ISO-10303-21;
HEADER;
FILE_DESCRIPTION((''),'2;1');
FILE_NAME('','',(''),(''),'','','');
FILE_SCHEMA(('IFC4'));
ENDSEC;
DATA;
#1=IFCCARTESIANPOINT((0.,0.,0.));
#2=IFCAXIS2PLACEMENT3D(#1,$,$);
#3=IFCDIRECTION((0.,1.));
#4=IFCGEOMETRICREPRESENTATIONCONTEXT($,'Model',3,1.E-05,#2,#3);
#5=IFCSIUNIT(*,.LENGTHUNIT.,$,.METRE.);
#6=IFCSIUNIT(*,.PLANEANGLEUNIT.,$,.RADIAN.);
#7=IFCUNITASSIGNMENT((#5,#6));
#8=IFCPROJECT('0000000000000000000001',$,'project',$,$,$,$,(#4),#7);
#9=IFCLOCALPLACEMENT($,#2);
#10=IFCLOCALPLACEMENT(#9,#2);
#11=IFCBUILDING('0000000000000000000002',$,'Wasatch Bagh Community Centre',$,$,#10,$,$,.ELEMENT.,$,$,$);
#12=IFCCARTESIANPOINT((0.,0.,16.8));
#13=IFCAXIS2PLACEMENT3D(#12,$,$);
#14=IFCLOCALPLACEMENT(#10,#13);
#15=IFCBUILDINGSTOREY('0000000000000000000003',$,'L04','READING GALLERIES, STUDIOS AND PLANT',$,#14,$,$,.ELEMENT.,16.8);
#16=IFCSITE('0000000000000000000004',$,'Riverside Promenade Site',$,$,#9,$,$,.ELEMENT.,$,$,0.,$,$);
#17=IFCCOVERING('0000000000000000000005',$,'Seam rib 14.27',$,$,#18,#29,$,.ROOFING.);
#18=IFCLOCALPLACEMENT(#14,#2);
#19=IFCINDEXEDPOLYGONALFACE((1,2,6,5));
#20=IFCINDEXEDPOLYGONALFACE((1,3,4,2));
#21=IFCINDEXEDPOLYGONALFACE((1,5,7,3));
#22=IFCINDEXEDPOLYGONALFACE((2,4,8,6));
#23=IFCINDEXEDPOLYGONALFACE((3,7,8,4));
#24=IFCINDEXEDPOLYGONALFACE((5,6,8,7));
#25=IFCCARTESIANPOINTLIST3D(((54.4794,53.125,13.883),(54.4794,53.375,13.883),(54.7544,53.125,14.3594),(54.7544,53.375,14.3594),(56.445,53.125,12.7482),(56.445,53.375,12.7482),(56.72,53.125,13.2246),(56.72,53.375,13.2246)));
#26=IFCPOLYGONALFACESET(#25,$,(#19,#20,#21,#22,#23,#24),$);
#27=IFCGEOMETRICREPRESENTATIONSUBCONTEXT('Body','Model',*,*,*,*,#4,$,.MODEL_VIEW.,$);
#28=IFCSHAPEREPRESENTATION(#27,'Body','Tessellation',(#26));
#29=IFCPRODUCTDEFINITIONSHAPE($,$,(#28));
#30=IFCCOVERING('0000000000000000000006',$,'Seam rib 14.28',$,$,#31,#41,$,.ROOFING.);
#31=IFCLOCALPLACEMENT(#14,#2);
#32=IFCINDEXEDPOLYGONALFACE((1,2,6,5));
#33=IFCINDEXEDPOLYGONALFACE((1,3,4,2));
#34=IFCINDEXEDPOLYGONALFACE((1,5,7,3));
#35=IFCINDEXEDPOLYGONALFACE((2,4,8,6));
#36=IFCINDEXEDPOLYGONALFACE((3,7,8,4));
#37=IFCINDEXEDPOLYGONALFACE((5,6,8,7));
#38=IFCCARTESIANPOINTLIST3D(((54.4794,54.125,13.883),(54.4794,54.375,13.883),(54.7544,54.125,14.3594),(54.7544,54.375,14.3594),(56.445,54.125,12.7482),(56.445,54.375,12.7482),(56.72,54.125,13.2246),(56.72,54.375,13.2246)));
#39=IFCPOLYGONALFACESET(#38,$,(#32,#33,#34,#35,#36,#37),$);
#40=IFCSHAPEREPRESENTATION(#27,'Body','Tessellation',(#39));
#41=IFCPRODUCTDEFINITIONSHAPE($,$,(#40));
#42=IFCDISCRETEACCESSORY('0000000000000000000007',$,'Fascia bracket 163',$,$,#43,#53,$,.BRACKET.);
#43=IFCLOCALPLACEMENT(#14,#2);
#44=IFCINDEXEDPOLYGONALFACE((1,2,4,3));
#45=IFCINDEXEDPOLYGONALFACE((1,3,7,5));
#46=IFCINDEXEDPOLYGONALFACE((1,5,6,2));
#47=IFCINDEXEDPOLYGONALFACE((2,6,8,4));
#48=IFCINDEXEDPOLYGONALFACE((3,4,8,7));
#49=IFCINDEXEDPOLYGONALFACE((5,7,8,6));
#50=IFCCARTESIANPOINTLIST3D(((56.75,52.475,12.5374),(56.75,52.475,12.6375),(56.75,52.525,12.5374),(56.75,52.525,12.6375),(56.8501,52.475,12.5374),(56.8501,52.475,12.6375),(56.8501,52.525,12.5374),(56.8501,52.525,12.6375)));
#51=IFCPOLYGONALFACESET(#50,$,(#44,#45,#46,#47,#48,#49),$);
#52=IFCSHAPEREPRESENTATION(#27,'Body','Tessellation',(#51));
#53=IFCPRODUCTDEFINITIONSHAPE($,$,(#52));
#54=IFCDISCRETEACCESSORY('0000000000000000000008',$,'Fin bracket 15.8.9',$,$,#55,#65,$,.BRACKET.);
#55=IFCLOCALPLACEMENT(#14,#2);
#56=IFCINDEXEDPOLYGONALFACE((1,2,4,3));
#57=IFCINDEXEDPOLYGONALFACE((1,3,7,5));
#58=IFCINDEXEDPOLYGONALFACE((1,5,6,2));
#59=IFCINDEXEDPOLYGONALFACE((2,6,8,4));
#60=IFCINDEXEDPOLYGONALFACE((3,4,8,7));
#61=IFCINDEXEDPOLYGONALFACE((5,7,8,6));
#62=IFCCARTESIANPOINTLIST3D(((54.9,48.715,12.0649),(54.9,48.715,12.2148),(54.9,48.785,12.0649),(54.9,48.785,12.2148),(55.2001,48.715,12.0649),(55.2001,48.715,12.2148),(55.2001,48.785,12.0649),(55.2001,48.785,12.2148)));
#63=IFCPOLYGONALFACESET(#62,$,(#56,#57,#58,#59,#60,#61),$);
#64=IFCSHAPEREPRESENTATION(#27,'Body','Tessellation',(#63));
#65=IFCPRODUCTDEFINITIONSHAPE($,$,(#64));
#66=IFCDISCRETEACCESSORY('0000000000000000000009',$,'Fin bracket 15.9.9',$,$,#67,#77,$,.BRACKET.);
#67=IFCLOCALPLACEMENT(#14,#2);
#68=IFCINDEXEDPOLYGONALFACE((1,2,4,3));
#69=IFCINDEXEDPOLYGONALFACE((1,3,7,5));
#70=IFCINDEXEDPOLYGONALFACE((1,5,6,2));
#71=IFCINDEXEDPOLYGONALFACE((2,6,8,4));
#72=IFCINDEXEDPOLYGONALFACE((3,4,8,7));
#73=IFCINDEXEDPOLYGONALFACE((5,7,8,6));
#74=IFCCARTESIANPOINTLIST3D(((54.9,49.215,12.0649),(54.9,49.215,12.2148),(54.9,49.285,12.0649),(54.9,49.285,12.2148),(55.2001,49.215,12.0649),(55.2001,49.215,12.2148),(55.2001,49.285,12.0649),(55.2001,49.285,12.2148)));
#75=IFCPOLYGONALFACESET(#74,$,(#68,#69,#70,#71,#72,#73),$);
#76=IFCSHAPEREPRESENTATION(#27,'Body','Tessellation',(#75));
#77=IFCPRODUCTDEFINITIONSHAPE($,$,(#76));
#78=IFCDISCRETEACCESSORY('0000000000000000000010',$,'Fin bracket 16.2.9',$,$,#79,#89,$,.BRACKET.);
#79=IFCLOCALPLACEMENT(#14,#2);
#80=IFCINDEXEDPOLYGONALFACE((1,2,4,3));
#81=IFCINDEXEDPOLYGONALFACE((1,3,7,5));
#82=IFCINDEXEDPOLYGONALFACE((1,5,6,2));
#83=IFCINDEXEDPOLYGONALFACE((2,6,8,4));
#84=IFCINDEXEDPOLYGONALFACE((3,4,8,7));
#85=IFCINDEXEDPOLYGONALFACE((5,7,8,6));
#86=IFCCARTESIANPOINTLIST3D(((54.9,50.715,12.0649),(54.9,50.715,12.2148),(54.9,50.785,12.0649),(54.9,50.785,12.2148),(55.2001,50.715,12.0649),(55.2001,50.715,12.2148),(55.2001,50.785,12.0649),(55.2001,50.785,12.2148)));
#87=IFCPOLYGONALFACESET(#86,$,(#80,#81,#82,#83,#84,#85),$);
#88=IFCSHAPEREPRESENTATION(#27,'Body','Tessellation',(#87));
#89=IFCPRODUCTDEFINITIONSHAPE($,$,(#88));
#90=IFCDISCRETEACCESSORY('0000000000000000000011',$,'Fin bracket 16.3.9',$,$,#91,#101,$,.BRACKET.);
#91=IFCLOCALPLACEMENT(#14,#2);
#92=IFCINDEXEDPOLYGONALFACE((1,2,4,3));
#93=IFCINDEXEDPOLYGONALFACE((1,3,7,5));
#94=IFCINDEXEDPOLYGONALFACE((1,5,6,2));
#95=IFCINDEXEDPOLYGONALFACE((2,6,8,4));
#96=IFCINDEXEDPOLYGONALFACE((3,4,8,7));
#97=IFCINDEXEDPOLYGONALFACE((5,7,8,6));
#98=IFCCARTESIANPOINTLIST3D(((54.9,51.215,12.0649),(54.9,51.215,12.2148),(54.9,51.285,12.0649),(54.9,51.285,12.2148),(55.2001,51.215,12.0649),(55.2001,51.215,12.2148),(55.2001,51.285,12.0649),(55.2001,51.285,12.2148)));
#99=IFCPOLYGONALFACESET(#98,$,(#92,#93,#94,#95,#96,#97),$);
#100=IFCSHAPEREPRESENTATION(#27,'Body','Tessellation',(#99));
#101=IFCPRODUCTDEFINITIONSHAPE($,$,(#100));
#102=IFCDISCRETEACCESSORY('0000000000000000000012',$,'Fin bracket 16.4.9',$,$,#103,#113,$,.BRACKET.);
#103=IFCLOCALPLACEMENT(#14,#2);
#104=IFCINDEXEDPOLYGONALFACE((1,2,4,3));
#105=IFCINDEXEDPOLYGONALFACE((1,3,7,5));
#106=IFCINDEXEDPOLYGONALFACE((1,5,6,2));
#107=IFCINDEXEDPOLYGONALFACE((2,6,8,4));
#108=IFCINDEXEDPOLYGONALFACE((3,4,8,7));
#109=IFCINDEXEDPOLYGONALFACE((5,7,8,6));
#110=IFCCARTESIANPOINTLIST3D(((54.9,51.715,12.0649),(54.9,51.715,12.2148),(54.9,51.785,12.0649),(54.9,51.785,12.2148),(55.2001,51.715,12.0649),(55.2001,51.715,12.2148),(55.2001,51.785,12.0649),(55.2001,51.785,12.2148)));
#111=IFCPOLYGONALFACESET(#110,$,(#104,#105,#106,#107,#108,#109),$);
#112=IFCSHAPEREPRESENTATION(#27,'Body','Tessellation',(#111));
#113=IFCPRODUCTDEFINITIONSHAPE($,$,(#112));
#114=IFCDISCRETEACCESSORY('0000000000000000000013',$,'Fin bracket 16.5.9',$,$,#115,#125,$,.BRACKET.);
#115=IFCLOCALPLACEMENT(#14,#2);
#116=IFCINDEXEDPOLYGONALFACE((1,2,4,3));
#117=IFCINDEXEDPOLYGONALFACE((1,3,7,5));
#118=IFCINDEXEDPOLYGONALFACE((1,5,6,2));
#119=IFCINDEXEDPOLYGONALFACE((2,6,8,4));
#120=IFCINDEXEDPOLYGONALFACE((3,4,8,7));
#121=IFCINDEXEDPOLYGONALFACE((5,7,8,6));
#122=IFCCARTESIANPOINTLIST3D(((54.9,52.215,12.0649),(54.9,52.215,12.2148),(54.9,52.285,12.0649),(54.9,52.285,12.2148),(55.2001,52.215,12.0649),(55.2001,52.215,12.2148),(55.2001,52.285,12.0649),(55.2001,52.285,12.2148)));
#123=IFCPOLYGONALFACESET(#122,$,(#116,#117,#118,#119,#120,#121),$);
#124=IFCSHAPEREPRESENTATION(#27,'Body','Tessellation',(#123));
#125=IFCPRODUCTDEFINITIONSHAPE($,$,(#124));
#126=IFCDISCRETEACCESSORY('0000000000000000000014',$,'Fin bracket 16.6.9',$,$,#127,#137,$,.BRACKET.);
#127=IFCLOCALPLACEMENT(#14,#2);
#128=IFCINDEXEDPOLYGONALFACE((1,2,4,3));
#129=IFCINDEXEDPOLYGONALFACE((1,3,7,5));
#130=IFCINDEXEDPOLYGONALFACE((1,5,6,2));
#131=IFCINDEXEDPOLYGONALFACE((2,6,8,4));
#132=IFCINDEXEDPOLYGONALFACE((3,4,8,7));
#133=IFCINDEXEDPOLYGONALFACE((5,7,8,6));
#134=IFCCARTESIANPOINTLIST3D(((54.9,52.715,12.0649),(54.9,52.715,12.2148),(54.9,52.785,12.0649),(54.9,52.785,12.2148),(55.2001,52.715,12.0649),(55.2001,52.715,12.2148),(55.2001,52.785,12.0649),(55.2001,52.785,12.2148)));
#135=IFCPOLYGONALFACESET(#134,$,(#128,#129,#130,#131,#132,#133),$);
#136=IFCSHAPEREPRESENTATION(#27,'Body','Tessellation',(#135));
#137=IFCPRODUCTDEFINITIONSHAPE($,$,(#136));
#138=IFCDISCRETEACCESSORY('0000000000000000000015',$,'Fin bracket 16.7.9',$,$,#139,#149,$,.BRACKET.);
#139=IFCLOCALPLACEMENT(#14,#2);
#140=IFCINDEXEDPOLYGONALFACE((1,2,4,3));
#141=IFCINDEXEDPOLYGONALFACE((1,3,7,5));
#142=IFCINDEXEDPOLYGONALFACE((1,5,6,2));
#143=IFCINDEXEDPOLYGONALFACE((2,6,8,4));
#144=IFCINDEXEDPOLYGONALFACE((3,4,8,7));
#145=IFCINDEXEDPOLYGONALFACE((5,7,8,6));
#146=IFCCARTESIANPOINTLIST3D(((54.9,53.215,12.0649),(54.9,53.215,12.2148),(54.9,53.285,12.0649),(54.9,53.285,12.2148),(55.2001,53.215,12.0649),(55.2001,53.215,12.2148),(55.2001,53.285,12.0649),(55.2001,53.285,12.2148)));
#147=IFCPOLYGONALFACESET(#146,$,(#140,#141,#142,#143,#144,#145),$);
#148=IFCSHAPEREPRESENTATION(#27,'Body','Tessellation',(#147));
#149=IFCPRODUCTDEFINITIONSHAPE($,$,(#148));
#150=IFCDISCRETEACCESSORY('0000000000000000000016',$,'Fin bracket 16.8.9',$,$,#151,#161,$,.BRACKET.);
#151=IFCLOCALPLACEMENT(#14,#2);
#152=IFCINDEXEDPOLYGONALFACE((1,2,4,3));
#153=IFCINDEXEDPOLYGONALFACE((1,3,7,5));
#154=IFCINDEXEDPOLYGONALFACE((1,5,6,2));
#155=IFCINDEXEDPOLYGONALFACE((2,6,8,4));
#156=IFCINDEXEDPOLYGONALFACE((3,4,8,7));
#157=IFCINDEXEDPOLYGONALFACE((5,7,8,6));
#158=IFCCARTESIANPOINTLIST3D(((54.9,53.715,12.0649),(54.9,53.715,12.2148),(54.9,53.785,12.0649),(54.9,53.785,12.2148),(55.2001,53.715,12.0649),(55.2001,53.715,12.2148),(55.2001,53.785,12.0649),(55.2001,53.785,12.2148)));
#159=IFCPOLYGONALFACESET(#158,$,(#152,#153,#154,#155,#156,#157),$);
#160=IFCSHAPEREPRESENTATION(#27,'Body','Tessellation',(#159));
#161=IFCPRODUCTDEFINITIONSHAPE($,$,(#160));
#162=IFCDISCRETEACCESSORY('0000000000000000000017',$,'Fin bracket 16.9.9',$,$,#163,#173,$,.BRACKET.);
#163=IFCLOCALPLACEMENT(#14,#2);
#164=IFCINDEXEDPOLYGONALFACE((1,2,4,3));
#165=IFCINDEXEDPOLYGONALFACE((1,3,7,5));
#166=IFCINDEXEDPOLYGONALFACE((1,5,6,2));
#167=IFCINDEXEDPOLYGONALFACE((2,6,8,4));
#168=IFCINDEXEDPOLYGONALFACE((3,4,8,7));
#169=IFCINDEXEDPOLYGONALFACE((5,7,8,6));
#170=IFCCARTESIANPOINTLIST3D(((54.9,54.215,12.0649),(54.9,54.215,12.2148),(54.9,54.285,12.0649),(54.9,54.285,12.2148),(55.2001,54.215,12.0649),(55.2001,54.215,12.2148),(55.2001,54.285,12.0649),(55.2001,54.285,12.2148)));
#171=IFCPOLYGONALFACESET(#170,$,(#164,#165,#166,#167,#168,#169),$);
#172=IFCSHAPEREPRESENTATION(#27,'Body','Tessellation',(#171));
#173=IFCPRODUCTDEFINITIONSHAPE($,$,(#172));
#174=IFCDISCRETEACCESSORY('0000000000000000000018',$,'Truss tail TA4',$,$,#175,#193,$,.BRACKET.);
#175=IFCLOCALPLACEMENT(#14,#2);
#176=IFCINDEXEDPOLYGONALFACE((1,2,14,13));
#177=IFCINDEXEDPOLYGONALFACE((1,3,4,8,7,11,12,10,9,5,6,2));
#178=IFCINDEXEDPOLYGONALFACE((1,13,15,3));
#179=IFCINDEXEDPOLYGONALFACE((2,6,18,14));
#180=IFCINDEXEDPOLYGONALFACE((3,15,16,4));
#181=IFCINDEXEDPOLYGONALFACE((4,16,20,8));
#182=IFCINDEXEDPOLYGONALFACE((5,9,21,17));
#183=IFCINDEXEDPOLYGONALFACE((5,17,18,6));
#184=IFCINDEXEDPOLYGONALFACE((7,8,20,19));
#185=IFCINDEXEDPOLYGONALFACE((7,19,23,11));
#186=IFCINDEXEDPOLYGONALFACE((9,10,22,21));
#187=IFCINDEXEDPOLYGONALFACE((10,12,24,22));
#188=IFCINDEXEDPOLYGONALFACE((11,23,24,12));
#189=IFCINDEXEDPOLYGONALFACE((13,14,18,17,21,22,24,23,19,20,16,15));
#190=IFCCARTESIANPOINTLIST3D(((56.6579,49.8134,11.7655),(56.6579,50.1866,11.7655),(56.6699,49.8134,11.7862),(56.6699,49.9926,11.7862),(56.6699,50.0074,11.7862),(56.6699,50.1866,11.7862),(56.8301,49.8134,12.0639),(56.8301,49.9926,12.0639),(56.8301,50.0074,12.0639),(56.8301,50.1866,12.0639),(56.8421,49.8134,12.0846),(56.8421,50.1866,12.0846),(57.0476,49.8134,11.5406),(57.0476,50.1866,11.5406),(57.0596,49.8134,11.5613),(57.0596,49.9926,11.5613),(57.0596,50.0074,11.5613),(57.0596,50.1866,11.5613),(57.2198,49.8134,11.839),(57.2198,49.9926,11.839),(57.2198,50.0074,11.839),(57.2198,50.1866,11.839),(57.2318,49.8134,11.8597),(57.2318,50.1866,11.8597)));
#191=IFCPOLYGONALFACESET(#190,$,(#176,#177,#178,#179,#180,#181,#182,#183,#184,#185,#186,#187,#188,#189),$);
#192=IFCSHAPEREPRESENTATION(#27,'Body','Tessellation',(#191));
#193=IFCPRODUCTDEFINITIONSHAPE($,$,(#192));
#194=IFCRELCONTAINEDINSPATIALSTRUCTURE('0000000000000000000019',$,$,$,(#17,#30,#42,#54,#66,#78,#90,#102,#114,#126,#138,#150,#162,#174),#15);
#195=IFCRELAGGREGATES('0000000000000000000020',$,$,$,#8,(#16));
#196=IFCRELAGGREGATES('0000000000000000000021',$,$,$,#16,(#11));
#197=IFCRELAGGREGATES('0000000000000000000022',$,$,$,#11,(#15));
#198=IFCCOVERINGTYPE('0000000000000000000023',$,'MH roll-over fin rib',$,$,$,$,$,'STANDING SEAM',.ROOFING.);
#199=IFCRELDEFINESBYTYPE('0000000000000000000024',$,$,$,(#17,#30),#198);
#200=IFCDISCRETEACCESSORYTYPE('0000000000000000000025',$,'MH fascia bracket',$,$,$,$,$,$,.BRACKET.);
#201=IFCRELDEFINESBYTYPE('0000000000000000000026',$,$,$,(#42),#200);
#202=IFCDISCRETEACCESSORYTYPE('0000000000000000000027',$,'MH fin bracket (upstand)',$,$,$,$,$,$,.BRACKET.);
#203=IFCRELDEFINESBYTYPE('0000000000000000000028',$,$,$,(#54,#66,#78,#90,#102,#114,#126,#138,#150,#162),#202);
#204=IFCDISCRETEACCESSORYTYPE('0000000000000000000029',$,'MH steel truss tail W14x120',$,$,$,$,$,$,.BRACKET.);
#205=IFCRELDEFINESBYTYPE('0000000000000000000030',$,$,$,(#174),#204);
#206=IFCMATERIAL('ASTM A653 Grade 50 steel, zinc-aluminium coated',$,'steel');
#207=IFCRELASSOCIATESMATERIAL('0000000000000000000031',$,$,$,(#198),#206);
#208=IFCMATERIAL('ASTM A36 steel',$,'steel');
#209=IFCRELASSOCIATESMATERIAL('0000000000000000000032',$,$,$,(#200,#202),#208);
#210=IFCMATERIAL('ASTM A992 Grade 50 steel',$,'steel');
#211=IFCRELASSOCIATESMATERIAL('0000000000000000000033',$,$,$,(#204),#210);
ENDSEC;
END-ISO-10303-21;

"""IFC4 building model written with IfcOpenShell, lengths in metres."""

from ifc_helpers import new_model, si_unit, direction, frame, origin, origin_2d, place, context, subcontext, project, spatial, polyline, rectangle, i_section, outline, extrude, material, material_profile, profile_set, type_object, element, save


model = new_model("IFC4")

# Units and contexts
model_context = context("Model", 3, precision=1e-05, world=origin(), true_north=direction((0.0, 1.0)))
body_context = subcontext(model_context, "Body", "Model", "MODEL_VIEW")
ifc_project = project(units=[si_unit("LENGTHUNIT", "METRE"), si_unit("PLANEANGLEUNIT", "RADIAN")], contexts=[model_context])

# Site, building, storey
site_placement = place(None, origin())
site = spatial("IfcSite", under=ifc_project, at=site_placement, Name="Riverside Promenade Site", CompositionType="ELEMENT", RefElevation=0.0)
building_placement = place(site_placement, origin())
building = spatial("IfcBuilding", under=site, at=building_placement, Name="Wasatch Bagh Community Centre", CompositionType="ELEMENT")
storey_placement = place(building_placement, frame((0.0, 0.0, 16.8)))
storey = spatial("IfcBuildingStorey", under=building, at=storey_placement, Name="L04", Description="READING GALLERIES, STUDIOS AND PLANT", CompositionType="ELEMENT", Elevation=16.8)

# Shared definitions
ifc_material_1 = material(Name="ASTM A992 Grade 50 steel", Category="steel")

# Coverings
ifc_material_2 = material(Name="ASTM A653 Grade 50 steel, zinc-aluminium coated", Category="steel")
covering_type_1 = type_object("IfcCoveringType", Name="MH roll-over fin rib", ElementType="STANDING SEAM", PredefinedType="ROOFING", material=ifc_material_2)
for number, where, z_axis, x_axis, name in (
    (1, (54.7544, 53.125, 14.3594), (0.49998, 0.0, 0.866037), (0.866037, 0.0, -0.49998), "Seam rib 14.27"),
    (2, (54.7544, 54.125, 14.3594), (0.49998, 0.0, 0.866037), (0.866037, 0.0, -0.49998), "Seam rib 14.28"),
):
    element("IfcCovering", number, at=place(storey_placement, frame(where, z_axis=z_axis, x_axis=x_axis)), inside=storey, type_object=covering_type_1, Name=name, PredefinedType="ROOFING", context=body_context, shape_type="SweptSolid", body=[
        extrude(outline(polyline([(0.0, 0.0), (2.2696, 0.0), (2.2696, 0.25), (0.0, 0.25), (0.0, 0.0)])), origin(), (0.0, 0.0, -1.0), 0.55),
    ])

# Discrete accessories
ifc_material_3 = material(Name="ASTM A36 steel", Category="steel")
discrete_accessory_type_1 = type_object("IfcDiscreteAccessoryType", Name="MH fascia bracket", PredefinedType="BRACKET", material=ifc_material_3)
discrete_accessory_1_placement = place(storey_placement, frame((56.8, 52.5, 12.5374), z_axis=(0.0, 0.0, 1.0), x_axis=(1.0, 0.0, 0.0)))
element("IfcDiscreteAccessory", 3, at=discrete_accessory_1_placement, inside=storey, type_object=discrete_accessory_type_1, Name="Fascia bracket 163", PredefinedType="BRACKET", context=body_context, shape_type="SweptSolid", body=[
    extrude(rectangle(XDim=0.1001, YDim=0.05, at=origin_2d()), origin(), (0.0, 0.0, 1.0), 0.1001),
])
discrete_accessory_type_2 = type_object("IfcDiscreteAccessoryType", Name="MH fin bracket (upstand)", PredefinedType="BRACKET", material=ifc_material_3)
for number, where, z_axis, x_axis, name in (
    (4, (55.05, 48.75, 12.0649), (0.0, 0.0, 1.0), (0.0, 1.0, 0.0), "Fin bracket 15.8.9"),
    (5, (55.05, 49.25, 12.0649), (0.0, 0.0, 1.0), (0.0, 1.0, 0.0), "Fin bracket 15.9.9"),
    (6, (55.05, 50.75, 12.0649), (0.0, 0.0, 1.0), (0.0, 1.0, 0.0), "Fin bracket 16.2.9"),
    (7, (55.05, 51.25, 12.0649), (0.0, 0.0, 1.0), (0.0, 1.0, 0.0), "Fin bracket 16.3.9"),
    (8, (55.05, 51.75, 12.0649), (0.0, 0.0, 1.0), (0.0, 1.0, 0.0), "Fin bracket 16.4.9"),
    (9, (55.05, 52.25, 12.0649), (0.0, 0.0, 1.0), (0.0, 1.0, 0.0), "Fin bracket 16.5.9"),
    (10, (55.05, 52.75, 12.0649), (0.0, 0.0, 1.0), (0.0, 1.0, 0.0), "Fin bracket 16.6.9"),
    (11, (55.05, 53.25, 12.0649), (0.0, 0.0, 1.0), (0.0, 1.0, 0.0), "Fin bracket 16.7.9"),
    (12, (55.05, 53.75, 12.0649), (0.0, 0.0, 1.0), (0.0, 1.0, 0.0), "Fin bracket 16.8.9"),
    (13, (55.05, 54.25, 12.0649), (0.0, 0.0, 1.0), (0.0, 1.0, 0.0), "Fin bracket 16.9.9"),
):
    element("IfcDiscreteAccessory", number, at=place(storey_placement, frame(where, z_axis=z_axis, x_axis=x_axis)), inside=storey, type_object=discrete_accessory_type_2, Name=name, PredefinedType="BRACKET", context=body_context, shape_type="SweptSolid", body=[
        extrude(rectangle(XDim=0.0701, YDim=0.3, at=origin_2d()), origin(), (0.0, 0.0, 1.0), 0.1499),
    ])
ifc_material_profile_1 = material_profile(ifc_material_1, i_section(OverallWidth=0.3733, OverallDepth=0.3684, WebThickness=0.0149, FlangeThickness=0.0239, at=origin_2d()), Name="W14x120")
ifc_profile_set_1 = profile_set([ifc_material_profile_1], Name="ASTM A992 Grade 50 steel")
discrete_accessory_type_3 = type_object("IfcDiscreteAccessoryType", Name="MH steel truss tail W14x120", PredefinedType="BRACKET", material=ifc_profile_set_1)
discrete_accessory_2_placement = place(storey_placement, frame((56.75, 50.0, 11.925), z_axis=(0.866131, 0.0, -0.499816), x_axis=(0.0, 1.0, 0.0)))
element("IfcDiscreteAccessory", 14, at=discrete_accessory_2_placement, inside=storey, type_object=discrete_accessory_type_3, Name="Truss tail TA4", PredefinedType="BRACKET", context=body_context, shape_type="SweptSolid", body=[
    extrude(i_section(OverallWidth=0.3733, OverallDepth=0.3684, WebThickness=0.0149, FlangeThickness=0.0239, at=origin_2d()), origin(), (0.0, 0.0, 1.0), 0.45),
])

save(model, "model.ifc")
